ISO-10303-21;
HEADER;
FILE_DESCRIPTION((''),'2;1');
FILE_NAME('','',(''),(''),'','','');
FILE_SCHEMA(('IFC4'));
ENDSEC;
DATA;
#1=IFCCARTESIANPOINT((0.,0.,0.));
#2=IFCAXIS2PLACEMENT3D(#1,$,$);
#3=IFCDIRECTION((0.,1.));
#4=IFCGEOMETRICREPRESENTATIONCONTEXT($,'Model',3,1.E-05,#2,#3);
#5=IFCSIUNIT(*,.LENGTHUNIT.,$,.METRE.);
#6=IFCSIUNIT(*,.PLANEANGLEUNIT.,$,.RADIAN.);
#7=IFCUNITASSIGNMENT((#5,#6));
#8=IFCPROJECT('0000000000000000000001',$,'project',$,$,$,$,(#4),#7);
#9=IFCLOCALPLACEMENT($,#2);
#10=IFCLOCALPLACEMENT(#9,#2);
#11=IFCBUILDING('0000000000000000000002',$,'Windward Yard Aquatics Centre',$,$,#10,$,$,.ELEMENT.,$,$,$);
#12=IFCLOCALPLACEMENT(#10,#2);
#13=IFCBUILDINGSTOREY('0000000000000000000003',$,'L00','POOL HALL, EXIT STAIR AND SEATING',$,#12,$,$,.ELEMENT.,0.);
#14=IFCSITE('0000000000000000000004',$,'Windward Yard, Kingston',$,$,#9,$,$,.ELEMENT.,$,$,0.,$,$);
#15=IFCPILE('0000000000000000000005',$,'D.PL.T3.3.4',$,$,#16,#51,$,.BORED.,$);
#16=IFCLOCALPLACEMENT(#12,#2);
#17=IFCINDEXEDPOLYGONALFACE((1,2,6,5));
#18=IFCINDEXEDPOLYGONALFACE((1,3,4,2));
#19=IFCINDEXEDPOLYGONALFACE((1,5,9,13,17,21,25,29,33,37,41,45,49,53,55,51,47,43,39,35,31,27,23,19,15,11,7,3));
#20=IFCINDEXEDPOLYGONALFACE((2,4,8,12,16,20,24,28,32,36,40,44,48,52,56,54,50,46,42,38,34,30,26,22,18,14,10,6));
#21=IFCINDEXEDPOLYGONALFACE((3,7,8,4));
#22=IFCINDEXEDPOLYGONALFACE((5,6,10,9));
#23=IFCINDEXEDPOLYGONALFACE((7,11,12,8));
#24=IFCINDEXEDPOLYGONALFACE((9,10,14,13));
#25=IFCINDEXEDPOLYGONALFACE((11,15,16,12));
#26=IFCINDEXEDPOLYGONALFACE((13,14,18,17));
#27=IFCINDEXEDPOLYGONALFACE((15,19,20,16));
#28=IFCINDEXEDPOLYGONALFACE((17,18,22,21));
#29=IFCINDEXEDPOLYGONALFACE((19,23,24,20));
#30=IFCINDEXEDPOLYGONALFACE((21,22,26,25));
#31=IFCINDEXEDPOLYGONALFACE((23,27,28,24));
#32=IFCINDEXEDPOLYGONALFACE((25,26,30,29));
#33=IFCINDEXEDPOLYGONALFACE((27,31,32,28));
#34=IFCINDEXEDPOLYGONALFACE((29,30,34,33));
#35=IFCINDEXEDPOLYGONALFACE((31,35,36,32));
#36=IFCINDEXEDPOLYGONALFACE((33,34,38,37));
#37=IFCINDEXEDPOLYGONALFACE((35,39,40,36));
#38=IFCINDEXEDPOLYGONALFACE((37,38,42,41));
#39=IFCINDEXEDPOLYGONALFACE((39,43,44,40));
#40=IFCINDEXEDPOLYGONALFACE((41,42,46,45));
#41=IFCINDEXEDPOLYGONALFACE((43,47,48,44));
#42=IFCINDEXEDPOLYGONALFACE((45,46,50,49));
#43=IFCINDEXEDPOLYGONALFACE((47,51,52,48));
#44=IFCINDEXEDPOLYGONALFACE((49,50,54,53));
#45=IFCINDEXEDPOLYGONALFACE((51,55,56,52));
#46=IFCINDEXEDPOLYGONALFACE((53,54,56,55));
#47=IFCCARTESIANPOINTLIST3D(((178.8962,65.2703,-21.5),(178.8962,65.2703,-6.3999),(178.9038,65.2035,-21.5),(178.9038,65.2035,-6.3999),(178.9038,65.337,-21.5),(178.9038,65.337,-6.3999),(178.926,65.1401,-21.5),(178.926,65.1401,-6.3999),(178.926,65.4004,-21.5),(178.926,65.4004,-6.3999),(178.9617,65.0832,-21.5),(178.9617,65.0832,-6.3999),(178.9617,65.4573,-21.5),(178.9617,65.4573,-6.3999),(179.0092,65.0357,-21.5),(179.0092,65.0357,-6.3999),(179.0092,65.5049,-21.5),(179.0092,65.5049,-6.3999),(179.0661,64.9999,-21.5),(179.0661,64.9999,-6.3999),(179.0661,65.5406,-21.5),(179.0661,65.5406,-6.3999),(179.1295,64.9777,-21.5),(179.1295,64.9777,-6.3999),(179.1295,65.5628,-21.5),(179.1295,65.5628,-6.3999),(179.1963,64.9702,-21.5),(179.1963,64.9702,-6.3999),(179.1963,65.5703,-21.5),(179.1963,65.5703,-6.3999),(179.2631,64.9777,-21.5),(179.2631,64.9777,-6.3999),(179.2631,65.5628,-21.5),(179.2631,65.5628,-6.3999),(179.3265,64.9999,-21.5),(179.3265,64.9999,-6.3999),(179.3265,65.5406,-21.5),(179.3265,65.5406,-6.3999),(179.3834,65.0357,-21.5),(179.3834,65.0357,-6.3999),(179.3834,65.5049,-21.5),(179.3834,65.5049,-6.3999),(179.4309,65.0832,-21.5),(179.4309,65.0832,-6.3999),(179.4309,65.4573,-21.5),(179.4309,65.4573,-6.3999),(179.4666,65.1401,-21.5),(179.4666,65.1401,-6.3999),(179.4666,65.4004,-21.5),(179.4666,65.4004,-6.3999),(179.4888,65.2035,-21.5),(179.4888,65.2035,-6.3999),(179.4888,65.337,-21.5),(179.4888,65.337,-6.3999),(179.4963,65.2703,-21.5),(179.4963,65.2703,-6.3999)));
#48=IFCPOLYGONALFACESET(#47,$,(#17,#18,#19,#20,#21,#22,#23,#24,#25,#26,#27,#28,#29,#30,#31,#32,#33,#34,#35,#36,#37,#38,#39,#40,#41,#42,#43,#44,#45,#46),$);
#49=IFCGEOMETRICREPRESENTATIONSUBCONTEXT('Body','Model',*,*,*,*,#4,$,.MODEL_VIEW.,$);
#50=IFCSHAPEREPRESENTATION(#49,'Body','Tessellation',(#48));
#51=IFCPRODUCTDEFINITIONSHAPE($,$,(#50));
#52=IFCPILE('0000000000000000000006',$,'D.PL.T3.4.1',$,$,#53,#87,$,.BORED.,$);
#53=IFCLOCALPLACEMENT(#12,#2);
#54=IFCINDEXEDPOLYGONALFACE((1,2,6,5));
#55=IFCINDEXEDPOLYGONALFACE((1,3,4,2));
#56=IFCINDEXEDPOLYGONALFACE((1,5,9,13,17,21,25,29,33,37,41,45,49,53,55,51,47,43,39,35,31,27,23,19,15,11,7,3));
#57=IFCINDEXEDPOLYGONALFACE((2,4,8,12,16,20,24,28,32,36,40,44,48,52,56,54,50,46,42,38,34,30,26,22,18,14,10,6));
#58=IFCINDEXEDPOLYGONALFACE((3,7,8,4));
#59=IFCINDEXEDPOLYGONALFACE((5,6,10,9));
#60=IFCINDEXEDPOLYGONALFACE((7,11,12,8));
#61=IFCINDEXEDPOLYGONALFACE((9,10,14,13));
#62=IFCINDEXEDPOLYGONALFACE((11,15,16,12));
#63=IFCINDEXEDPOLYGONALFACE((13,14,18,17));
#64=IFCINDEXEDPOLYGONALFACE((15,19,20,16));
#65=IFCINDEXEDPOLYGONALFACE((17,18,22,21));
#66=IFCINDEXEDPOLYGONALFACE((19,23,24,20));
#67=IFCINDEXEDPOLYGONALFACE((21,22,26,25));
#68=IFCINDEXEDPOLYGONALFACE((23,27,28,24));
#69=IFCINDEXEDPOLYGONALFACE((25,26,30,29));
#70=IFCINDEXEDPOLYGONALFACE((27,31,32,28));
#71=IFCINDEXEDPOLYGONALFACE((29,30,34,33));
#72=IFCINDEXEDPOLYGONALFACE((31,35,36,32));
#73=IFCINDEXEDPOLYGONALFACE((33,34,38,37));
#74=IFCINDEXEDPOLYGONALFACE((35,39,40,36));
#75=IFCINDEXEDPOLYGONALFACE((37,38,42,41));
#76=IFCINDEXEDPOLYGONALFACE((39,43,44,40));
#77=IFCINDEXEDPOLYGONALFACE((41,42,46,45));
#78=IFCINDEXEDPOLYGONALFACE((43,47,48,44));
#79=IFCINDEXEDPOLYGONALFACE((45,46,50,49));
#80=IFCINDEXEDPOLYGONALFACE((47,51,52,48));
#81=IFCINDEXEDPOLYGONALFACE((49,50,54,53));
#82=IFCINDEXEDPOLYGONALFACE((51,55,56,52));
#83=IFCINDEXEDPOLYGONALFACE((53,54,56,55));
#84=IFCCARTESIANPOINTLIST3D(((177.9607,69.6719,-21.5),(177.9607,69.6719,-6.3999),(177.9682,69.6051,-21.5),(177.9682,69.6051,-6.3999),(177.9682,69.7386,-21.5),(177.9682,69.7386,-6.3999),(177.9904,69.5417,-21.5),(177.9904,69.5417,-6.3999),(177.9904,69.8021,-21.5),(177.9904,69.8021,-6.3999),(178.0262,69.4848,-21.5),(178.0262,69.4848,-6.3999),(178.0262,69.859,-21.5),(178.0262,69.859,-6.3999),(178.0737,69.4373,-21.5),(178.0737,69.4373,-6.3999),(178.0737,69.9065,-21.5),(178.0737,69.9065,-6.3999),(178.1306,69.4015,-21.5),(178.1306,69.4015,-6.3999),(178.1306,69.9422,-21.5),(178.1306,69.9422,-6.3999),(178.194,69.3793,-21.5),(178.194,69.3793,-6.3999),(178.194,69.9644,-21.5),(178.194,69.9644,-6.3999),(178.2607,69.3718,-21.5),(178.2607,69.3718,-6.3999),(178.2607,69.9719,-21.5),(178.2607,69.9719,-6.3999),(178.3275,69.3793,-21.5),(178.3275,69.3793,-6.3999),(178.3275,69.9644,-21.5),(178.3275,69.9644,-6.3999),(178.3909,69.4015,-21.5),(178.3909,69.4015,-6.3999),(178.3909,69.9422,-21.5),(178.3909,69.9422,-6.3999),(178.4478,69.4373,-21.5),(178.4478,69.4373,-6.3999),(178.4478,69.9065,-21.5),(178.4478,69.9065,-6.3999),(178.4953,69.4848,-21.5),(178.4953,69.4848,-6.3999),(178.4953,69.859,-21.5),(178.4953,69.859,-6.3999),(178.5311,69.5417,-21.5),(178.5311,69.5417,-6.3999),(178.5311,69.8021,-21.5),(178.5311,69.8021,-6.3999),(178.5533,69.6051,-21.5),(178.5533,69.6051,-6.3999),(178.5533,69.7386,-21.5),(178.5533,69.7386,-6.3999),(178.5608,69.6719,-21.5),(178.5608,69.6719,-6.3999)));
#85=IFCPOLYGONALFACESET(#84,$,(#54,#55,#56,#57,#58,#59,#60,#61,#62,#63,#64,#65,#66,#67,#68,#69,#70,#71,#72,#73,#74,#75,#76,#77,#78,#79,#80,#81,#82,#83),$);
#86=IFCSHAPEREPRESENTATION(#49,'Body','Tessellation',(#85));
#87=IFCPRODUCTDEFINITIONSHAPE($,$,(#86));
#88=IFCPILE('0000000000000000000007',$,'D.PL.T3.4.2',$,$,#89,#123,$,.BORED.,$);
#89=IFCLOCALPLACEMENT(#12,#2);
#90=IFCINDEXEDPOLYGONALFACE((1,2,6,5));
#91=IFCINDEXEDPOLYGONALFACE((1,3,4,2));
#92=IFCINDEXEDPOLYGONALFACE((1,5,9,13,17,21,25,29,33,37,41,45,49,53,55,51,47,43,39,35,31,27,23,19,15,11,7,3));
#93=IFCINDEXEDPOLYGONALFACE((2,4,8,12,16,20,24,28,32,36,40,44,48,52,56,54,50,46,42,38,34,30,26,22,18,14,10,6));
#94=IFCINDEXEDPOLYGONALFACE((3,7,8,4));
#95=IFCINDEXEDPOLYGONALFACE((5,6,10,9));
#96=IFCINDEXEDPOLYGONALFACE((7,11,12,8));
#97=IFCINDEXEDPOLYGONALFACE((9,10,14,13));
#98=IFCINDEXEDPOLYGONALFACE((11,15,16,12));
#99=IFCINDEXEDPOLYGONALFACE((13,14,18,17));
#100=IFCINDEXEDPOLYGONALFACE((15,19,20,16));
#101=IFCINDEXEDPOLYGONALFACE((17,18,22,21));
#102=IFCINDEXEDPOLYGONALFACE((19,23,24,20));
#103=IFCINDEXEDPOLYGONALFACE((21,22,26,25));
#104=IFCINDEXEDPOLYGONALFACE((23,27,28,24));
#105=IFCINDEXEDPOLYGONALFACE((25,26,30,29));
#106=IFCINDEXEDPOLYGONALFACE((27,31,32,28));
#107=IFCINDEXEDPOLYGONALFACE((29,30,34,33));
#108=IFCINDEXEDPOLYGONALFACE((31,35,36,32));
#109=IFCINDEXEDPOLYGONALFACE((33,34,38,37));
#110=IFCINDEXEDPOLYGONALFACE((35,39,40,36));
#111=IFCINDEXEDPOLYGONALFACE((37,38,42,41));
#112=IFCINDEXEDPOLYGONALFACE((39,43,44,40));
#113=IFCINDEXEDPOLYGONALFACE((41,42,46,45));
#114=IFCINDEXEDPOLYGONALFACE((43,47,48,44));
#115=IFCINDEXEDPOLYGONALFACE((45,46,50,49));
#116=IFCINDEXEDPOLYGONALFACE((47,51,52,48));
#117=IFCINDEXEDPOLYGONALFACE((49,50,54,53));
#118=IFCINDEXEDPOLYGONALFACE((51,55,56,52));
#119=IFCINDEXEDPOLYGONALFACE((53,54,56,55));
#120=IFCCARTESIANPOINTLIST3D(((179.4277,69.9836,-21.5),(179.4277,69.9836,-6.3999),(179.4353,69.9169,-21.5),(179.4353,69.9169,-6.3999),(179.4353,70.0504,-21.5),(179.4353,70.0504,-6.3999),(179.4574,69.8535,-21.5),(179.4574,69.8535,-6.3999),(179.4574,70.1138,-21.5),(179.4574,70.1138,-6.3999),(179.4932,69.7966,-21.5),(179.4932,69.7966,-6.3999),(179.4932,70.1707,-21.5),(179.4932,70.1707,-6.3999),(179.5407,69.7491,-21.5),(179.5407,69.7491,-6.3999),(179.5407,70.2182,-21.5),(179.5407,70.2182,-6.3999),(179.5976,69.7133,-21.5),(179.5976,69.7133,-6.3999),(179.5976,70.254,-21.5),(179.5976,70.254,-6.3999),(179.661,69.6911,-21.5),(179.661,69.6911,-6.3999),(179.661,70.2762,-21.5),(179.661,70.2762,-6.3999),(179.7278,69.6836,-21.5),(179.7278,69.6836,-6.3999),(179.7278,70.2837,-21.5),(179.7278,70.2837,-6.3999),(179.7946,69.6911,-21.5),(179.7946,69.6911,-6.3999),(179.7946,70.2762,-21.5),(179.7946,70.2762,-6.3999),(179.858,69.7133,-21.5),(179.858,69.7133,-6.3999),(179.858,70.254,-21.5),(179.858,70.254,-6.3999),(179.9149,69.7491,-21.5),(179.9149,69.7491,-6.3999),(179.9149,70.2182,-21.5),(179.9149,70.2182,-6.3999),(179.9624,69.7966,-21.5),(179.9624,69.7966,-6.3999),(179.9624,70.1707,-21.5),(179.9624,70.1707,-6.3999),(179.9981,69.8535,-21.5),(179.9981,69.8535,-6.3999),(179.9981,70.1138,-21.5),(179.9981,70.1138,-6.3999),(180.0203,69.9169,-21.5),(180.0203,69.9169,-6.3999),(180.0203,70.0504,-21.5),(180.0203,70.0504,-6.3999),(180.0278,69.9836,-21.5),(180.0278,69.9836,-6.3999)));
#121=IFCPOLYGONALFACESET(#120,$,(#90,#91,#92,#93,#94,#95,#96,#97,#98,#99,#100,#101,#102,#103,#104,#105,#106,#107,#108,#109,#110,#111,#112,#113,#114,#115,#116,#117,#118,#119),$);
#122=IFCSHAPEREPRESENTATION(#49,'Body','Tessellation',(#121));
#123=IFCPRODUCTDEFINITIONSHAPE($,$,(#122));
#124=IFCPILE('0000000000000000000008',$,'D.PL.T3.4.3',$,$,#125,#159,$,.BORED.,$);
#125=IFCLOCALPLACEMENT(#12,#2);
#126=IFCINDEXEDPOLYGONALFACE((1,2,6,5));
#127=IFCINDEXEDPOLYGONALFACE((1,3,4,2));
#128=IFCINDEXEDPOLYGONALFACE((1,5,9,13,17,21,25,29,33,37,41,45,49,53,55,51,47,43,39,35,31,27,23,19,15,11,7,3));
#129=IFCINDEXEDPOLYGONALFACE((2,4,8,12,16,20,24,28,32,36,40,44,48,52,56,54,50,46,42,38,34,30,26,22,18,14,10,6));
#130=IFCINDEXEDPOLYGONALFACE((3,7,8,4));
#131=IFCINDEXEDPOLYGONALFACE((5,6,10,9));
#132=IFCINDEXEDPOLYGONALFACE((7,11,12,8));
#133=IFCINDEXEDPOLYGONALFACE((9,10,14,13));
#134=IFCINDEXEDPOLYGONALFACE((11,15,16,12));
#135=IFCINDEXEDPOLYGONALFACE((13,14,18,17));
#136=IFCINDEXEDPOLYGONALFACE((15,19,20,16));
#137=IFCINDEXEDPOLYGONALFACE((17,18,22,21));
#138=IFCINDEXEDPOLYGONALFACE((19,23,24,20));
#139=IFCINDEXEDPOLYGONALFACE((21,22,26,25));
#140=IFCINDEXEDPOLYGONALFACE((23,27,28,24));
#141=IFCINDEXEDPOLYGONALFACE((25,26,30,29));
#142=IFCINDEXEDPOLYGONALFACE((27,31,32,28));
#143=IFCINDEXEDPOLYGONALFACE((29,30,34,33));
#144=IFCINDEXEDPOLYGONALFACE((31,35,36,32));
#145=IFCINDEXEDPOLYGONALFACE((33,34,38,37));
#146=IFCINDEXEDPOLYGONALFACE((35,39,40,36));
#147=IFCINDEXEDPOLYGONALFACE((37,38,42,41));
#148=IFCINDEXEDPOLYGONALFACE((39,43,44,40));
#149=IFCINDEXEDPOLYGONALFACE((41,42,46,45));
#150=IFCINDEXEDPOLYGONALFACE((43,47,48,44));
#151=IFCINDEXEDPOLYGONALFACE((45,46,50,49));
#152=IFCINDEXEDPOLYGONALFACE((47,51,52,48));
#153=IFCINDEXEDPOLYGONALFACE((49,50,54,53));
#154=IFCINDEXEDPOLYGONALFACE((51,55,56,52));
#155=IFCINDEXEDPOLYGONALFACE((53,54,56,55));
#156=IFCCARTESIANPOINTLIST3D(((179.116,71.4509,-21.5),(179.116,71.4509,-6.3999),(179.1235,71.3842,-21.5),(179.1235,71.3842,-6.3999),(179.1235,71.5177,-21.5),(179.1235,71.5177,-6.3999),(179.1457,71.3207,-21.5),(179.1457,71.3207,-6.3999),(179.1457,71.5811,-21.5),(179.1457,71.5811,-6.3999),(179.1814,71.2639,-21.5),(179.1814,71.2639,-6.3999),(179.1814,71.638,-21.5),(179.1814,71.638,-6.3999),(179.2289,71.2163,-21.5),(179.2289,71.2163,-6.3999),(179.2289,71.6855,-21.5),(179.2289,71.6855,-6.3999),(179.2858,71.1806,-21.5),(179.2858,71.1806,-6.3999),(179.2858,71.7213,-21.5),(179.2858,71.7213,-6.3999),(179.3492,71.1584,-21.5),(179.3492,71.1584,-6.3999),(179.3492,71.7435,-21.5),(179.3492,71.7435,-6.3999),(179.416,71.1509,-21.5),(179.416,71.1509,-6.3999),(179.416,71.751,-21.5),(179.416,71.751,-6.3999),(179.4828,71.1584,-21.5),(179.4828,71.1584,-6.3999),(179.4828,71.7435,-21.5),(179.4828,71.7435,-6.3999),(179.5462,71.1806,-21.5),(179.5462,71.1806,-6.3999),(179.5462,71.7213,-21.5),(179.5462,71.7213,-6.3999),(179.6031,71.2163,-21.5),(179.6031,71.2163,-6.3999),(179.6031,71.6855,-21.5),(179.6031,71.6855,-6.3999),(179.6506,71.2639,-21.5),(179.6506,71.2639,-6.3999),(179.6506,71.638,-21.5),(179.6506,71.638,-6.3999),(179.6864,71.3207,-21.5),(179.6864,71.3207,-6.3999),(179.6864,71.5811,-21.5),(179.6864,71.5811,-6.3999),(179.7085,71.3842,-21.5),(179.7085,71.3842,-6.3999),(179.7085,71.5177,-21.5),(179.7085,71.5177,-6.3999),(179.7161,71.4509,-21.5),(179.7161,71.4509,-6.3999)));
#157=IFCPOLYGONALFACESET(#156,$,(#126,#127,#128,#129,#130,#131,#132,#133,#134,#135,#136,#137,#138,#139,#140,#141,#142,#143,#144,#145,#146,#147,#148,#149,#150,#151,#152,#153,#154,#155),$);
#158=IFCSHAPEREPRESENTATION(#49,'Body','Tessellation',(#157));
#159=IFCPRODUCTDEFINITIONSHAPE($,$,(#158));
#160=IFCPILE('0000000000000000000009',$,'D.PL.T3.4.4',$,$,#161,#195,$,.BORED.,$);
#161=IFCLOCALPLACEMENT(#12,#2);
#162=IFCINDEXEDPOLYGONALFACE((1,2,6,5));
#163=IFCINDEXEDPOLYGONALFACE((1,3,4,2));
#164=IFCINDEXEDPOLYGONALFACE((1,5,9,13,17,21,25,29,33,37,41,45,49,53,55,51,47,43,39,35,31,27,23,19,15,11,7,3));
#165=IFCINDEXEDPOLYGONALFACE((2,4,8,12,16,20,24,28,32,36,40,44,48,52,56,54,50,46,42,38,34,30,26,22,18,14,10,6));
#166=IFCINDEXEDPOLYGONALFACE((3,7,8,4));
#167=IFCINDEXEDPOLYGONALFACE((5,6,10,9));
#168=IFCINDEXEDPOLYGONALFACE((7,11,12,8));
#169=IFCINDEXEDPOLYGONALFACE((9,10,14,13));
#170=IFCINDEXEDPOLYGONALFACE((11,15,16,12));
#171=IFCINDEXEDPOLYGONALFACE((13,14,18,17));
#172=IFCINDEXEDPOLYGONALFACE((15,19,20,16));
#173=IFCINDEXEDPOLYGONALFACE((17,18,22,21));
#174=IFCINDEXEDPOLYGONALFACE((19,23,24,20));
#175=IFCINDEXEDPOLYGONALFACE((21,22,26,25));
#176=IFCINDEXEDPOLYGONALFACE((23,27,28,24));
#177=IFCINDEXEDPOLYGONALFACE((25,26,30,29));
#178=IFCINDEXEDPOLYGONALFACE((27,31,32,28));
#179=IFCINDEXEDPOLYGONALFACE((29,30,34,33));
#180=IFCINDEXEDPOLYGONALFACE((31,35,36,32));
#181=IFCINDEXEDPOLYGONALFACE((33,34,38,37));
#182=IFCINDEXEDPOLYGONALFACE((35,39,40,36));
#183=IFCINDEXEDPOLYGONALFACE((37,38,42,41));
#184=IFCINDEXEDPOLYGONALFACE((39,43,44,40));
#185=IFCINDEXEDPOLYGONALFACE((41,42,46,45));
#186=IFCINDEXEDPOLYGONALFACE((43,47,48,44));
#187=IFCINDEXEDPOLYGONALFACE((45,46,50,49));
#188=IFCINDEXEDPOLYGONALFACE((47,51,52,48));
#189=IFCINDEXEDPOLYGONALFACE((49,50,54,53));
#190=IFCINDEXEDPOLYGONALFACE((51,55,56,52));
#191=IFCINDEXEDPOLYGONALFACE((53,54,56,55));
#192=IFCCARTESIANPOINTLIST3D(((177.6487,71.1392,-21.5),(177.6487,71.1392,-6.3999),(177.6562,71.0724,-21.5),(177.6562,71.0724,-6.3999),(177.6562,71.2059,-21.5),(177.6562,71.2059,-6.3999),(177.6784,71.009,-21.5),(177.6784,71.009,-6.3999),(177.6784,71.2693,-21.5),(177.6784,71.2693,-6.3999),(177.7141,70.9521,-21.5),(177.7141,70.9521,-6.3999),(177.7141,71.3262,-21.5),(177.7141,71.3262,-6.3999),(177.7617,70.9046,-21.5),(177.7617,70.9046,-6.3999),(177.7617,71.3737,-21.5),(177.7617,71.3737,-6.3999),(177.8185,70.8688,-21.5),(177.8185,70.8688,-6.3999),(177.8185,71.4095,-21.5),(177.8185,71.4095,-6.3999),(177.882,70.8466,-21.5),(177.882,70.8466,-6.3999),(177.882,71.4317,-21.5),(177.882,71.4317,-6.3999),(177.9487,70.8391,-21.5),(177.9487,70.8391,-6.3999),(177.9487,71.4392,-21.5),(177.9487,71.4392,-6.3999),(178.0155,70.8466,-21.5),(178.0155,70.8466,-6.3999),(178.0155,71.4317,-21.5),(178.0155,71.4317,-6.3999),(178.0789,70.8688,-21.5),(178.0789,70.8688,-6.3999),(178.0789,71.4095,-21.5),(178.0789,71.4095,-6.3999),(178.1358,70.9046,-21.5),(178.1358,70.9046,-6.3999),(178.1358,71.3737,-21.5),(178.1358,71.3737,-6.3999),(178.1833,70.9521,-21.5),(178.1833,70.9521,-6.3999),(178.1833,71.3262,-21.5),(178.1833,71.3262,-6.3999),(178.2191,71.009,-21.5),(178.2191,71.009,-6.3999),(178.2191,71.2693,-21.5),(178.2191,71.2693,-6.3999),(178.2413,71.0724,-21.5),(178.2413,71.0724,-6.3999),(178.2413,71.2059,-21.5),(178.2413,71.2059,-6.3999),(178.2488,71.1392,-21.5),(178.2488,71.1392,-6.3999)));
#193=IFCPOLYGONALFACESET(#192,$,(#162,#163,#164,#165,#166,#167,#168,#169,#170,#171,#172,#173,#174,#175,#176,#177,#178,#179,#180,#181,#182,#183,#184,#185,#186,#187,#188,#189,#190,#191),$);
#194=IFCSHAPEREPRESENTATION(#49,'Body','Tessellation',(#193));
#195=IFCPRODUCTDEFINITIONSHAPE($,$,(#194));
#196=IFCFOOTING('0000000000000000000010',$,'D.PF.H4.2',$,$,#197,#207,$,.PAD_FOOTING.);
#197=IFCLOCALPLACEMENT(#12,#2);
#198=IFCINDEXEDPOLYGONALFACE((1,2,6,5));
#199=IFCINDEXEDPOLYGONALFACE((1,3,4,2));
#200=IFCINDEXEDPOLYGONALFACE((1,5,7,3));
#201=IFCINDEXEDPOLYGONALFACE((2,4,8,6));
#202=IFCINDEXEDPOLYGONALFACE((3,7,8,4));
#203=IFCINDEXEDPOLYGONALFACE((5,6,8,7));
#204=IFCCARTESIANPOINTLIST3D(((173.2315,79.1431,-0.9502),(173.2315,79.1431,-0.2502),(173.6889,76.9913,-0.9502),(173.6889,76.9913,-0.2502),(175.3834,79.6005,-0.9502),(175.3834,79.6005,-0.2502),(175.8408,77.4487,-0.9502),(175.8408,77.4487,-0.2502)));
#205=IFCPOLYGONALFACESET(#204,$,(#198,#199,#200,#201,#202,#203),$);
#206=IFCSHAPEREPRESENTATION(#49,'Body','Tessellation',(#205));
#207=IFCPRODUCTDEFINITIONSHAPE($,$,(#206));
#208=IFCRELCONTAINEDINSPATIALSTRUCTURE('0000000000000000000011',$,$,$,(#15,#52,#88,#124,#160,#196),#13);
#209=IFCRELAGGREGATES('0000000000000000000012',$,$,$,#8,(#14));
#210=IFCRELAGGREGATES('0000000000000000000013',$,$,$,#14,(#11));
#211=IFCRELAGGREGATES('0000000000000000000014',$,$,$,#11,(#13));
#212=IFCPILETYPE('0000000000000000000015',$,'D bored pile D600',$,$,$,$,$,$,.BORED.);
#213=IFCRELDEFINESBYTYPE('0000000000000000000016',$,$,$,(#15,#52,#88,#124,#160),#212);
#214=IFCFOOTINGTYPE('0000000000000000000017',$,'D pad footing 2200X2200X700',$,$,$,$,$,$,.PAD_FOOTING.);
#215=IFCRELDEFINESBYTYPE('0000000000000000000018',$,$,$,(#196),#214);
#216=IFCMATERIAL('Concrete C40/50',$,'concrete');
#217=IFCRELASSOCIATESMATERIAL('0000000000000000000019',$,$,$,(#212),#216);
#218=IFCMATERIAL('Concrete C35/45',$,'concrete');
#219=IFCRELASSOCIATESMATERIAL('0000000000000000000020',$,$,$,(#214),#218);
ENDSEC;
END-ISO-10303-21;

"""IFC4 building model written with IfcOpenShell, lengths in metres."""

from ifc_helpers import new_model, si_unit, direction, frame, origin, origin_2d, place, context, subcontext, project, spatial, rectangle, circle, extrude, material, material_profile, profile_set, type_object, element, save


model = new_model("IFC4")

# Units and contexts
model_context = context("Model", 3, precision=1e-05, world=origin(), true_north=direction((0.0, 1.0)))
body_context = subcontext(model_context, "Body", "Model", "MODEL_VIEW")
ifc_project = project(units=[si_unit("LENGTHUNIT", "METRE"), si_unit("PLANEANGLEUNIT", "RADIAN")], contexts=[model_context])

# Site, building, storey
site_placement = place(None, origin())
site = spatial("IfcSite", under=ifc_project, at=site_placement, Name="Windward Yard, Kingston", CompositionType="ELEMENT", RefElevation=0.0)
building_placement = place(site_placement, origin())
building = spatial("IfcBuilding", under=site, at=building_placement, Name="Windward Yard Aquatics Centre", CompositionType="ELEMENT")
storey_placement = place(building_placement, origin())
storey = spatial("IfcBuildingStorey", under=building, at=storey_placement, Name="L00", Description="POOL HALL, EXIT STAIR AND SEATING", CompositionType="ELEMENT", Elevation=0.0)

# Piles
ifc_material_1 = material(Name="Concrete C40/50", Category="concrete")
ifc_material_profile_1 = material_profile(ifc_material_1, circle(Radius=0.3, at=origin_2d()), Name="RC D600")
ifc_profile_set_1 = profile_set([ifc_material_profile_1], Name="Concrete C40/50")
pile_type = type_object("IfcPileType", Name="D bored pile D600", PredefinedType="BORED", material=ifc_profile_set_1)
for number, where, z_axis, x_axis, name in (
    (1, (179.1963, 65.2703, -6.3999), (0.0, 0.0, -1.0), (1.0, 0.0, 0.0), "D.PL.T3.3.4"),
    (2, (178.2607, 69.6719, -6.3999), (0.0, 0.0, -1.0), (1.0, 0.0, 0.0), "D.PL.T3.4.1"),
    (3, (179.7278, 69.9836, -6.3999), (0.0, 0.0, -1.0), (1.0, 0.0, 0.0), "D.PL.T3.4.2"),
    (4, (179.416, 71.4509, -6.3999), (0.0, 0.0, -1.0), (1.0, 0.0, 0.0), "D.PL.T3.4.3"),
    (5, (177.9487, 71.1392, -6.3999), (0.0, 0.0, -1.0), (1.0, 0.0, 0.0), "D.PL.T3.4.4"),
):
    element("IfcPile", number, at=place(storey_placement, frame(where, z_axis=z_axis, x_axis=x_axis)), inside=storey, type_object=pile_type, Name=name, PredefinedType="BORED", context=body_context, shape_type="SweptSolid", body=[
        extrude(circle(Radius=0.3, at=origin_2d()), origin(), (0.0, 0.0, 1.0), 15.1001),
    ])

# Footing
ifc_material_2 = material(Name="Concrete C35/45", Category="concrete")
footing_type_1 = type_object("IfcFootingType", Name="D pad footing 2200X2200X700", PredefinedType="PAD_FOOTING", material=ifc_material_2)
footing_placement = place(storey_placement, frame((174.5361, 78.2959, -0.9502), z_axis=(0.0, 0.0, 1.0), x_axis=(0.978148, 0.207912, 0.0)))
element("IfcFooting", 6, at=footing_placement, inside=storey, type_object=footing_type_1, Name="D.PF.H4.2", PredefinedType="PAD_FOOTING", context=body_context, shape_type="SweptSolid", body=[
    extrude(rectangle(XDim=2.2, YDim=2.2, at=origin_2d()), origin(), (0.0, 0.0, 1.0), 0.7),
])

save(model, "model.ifc")
